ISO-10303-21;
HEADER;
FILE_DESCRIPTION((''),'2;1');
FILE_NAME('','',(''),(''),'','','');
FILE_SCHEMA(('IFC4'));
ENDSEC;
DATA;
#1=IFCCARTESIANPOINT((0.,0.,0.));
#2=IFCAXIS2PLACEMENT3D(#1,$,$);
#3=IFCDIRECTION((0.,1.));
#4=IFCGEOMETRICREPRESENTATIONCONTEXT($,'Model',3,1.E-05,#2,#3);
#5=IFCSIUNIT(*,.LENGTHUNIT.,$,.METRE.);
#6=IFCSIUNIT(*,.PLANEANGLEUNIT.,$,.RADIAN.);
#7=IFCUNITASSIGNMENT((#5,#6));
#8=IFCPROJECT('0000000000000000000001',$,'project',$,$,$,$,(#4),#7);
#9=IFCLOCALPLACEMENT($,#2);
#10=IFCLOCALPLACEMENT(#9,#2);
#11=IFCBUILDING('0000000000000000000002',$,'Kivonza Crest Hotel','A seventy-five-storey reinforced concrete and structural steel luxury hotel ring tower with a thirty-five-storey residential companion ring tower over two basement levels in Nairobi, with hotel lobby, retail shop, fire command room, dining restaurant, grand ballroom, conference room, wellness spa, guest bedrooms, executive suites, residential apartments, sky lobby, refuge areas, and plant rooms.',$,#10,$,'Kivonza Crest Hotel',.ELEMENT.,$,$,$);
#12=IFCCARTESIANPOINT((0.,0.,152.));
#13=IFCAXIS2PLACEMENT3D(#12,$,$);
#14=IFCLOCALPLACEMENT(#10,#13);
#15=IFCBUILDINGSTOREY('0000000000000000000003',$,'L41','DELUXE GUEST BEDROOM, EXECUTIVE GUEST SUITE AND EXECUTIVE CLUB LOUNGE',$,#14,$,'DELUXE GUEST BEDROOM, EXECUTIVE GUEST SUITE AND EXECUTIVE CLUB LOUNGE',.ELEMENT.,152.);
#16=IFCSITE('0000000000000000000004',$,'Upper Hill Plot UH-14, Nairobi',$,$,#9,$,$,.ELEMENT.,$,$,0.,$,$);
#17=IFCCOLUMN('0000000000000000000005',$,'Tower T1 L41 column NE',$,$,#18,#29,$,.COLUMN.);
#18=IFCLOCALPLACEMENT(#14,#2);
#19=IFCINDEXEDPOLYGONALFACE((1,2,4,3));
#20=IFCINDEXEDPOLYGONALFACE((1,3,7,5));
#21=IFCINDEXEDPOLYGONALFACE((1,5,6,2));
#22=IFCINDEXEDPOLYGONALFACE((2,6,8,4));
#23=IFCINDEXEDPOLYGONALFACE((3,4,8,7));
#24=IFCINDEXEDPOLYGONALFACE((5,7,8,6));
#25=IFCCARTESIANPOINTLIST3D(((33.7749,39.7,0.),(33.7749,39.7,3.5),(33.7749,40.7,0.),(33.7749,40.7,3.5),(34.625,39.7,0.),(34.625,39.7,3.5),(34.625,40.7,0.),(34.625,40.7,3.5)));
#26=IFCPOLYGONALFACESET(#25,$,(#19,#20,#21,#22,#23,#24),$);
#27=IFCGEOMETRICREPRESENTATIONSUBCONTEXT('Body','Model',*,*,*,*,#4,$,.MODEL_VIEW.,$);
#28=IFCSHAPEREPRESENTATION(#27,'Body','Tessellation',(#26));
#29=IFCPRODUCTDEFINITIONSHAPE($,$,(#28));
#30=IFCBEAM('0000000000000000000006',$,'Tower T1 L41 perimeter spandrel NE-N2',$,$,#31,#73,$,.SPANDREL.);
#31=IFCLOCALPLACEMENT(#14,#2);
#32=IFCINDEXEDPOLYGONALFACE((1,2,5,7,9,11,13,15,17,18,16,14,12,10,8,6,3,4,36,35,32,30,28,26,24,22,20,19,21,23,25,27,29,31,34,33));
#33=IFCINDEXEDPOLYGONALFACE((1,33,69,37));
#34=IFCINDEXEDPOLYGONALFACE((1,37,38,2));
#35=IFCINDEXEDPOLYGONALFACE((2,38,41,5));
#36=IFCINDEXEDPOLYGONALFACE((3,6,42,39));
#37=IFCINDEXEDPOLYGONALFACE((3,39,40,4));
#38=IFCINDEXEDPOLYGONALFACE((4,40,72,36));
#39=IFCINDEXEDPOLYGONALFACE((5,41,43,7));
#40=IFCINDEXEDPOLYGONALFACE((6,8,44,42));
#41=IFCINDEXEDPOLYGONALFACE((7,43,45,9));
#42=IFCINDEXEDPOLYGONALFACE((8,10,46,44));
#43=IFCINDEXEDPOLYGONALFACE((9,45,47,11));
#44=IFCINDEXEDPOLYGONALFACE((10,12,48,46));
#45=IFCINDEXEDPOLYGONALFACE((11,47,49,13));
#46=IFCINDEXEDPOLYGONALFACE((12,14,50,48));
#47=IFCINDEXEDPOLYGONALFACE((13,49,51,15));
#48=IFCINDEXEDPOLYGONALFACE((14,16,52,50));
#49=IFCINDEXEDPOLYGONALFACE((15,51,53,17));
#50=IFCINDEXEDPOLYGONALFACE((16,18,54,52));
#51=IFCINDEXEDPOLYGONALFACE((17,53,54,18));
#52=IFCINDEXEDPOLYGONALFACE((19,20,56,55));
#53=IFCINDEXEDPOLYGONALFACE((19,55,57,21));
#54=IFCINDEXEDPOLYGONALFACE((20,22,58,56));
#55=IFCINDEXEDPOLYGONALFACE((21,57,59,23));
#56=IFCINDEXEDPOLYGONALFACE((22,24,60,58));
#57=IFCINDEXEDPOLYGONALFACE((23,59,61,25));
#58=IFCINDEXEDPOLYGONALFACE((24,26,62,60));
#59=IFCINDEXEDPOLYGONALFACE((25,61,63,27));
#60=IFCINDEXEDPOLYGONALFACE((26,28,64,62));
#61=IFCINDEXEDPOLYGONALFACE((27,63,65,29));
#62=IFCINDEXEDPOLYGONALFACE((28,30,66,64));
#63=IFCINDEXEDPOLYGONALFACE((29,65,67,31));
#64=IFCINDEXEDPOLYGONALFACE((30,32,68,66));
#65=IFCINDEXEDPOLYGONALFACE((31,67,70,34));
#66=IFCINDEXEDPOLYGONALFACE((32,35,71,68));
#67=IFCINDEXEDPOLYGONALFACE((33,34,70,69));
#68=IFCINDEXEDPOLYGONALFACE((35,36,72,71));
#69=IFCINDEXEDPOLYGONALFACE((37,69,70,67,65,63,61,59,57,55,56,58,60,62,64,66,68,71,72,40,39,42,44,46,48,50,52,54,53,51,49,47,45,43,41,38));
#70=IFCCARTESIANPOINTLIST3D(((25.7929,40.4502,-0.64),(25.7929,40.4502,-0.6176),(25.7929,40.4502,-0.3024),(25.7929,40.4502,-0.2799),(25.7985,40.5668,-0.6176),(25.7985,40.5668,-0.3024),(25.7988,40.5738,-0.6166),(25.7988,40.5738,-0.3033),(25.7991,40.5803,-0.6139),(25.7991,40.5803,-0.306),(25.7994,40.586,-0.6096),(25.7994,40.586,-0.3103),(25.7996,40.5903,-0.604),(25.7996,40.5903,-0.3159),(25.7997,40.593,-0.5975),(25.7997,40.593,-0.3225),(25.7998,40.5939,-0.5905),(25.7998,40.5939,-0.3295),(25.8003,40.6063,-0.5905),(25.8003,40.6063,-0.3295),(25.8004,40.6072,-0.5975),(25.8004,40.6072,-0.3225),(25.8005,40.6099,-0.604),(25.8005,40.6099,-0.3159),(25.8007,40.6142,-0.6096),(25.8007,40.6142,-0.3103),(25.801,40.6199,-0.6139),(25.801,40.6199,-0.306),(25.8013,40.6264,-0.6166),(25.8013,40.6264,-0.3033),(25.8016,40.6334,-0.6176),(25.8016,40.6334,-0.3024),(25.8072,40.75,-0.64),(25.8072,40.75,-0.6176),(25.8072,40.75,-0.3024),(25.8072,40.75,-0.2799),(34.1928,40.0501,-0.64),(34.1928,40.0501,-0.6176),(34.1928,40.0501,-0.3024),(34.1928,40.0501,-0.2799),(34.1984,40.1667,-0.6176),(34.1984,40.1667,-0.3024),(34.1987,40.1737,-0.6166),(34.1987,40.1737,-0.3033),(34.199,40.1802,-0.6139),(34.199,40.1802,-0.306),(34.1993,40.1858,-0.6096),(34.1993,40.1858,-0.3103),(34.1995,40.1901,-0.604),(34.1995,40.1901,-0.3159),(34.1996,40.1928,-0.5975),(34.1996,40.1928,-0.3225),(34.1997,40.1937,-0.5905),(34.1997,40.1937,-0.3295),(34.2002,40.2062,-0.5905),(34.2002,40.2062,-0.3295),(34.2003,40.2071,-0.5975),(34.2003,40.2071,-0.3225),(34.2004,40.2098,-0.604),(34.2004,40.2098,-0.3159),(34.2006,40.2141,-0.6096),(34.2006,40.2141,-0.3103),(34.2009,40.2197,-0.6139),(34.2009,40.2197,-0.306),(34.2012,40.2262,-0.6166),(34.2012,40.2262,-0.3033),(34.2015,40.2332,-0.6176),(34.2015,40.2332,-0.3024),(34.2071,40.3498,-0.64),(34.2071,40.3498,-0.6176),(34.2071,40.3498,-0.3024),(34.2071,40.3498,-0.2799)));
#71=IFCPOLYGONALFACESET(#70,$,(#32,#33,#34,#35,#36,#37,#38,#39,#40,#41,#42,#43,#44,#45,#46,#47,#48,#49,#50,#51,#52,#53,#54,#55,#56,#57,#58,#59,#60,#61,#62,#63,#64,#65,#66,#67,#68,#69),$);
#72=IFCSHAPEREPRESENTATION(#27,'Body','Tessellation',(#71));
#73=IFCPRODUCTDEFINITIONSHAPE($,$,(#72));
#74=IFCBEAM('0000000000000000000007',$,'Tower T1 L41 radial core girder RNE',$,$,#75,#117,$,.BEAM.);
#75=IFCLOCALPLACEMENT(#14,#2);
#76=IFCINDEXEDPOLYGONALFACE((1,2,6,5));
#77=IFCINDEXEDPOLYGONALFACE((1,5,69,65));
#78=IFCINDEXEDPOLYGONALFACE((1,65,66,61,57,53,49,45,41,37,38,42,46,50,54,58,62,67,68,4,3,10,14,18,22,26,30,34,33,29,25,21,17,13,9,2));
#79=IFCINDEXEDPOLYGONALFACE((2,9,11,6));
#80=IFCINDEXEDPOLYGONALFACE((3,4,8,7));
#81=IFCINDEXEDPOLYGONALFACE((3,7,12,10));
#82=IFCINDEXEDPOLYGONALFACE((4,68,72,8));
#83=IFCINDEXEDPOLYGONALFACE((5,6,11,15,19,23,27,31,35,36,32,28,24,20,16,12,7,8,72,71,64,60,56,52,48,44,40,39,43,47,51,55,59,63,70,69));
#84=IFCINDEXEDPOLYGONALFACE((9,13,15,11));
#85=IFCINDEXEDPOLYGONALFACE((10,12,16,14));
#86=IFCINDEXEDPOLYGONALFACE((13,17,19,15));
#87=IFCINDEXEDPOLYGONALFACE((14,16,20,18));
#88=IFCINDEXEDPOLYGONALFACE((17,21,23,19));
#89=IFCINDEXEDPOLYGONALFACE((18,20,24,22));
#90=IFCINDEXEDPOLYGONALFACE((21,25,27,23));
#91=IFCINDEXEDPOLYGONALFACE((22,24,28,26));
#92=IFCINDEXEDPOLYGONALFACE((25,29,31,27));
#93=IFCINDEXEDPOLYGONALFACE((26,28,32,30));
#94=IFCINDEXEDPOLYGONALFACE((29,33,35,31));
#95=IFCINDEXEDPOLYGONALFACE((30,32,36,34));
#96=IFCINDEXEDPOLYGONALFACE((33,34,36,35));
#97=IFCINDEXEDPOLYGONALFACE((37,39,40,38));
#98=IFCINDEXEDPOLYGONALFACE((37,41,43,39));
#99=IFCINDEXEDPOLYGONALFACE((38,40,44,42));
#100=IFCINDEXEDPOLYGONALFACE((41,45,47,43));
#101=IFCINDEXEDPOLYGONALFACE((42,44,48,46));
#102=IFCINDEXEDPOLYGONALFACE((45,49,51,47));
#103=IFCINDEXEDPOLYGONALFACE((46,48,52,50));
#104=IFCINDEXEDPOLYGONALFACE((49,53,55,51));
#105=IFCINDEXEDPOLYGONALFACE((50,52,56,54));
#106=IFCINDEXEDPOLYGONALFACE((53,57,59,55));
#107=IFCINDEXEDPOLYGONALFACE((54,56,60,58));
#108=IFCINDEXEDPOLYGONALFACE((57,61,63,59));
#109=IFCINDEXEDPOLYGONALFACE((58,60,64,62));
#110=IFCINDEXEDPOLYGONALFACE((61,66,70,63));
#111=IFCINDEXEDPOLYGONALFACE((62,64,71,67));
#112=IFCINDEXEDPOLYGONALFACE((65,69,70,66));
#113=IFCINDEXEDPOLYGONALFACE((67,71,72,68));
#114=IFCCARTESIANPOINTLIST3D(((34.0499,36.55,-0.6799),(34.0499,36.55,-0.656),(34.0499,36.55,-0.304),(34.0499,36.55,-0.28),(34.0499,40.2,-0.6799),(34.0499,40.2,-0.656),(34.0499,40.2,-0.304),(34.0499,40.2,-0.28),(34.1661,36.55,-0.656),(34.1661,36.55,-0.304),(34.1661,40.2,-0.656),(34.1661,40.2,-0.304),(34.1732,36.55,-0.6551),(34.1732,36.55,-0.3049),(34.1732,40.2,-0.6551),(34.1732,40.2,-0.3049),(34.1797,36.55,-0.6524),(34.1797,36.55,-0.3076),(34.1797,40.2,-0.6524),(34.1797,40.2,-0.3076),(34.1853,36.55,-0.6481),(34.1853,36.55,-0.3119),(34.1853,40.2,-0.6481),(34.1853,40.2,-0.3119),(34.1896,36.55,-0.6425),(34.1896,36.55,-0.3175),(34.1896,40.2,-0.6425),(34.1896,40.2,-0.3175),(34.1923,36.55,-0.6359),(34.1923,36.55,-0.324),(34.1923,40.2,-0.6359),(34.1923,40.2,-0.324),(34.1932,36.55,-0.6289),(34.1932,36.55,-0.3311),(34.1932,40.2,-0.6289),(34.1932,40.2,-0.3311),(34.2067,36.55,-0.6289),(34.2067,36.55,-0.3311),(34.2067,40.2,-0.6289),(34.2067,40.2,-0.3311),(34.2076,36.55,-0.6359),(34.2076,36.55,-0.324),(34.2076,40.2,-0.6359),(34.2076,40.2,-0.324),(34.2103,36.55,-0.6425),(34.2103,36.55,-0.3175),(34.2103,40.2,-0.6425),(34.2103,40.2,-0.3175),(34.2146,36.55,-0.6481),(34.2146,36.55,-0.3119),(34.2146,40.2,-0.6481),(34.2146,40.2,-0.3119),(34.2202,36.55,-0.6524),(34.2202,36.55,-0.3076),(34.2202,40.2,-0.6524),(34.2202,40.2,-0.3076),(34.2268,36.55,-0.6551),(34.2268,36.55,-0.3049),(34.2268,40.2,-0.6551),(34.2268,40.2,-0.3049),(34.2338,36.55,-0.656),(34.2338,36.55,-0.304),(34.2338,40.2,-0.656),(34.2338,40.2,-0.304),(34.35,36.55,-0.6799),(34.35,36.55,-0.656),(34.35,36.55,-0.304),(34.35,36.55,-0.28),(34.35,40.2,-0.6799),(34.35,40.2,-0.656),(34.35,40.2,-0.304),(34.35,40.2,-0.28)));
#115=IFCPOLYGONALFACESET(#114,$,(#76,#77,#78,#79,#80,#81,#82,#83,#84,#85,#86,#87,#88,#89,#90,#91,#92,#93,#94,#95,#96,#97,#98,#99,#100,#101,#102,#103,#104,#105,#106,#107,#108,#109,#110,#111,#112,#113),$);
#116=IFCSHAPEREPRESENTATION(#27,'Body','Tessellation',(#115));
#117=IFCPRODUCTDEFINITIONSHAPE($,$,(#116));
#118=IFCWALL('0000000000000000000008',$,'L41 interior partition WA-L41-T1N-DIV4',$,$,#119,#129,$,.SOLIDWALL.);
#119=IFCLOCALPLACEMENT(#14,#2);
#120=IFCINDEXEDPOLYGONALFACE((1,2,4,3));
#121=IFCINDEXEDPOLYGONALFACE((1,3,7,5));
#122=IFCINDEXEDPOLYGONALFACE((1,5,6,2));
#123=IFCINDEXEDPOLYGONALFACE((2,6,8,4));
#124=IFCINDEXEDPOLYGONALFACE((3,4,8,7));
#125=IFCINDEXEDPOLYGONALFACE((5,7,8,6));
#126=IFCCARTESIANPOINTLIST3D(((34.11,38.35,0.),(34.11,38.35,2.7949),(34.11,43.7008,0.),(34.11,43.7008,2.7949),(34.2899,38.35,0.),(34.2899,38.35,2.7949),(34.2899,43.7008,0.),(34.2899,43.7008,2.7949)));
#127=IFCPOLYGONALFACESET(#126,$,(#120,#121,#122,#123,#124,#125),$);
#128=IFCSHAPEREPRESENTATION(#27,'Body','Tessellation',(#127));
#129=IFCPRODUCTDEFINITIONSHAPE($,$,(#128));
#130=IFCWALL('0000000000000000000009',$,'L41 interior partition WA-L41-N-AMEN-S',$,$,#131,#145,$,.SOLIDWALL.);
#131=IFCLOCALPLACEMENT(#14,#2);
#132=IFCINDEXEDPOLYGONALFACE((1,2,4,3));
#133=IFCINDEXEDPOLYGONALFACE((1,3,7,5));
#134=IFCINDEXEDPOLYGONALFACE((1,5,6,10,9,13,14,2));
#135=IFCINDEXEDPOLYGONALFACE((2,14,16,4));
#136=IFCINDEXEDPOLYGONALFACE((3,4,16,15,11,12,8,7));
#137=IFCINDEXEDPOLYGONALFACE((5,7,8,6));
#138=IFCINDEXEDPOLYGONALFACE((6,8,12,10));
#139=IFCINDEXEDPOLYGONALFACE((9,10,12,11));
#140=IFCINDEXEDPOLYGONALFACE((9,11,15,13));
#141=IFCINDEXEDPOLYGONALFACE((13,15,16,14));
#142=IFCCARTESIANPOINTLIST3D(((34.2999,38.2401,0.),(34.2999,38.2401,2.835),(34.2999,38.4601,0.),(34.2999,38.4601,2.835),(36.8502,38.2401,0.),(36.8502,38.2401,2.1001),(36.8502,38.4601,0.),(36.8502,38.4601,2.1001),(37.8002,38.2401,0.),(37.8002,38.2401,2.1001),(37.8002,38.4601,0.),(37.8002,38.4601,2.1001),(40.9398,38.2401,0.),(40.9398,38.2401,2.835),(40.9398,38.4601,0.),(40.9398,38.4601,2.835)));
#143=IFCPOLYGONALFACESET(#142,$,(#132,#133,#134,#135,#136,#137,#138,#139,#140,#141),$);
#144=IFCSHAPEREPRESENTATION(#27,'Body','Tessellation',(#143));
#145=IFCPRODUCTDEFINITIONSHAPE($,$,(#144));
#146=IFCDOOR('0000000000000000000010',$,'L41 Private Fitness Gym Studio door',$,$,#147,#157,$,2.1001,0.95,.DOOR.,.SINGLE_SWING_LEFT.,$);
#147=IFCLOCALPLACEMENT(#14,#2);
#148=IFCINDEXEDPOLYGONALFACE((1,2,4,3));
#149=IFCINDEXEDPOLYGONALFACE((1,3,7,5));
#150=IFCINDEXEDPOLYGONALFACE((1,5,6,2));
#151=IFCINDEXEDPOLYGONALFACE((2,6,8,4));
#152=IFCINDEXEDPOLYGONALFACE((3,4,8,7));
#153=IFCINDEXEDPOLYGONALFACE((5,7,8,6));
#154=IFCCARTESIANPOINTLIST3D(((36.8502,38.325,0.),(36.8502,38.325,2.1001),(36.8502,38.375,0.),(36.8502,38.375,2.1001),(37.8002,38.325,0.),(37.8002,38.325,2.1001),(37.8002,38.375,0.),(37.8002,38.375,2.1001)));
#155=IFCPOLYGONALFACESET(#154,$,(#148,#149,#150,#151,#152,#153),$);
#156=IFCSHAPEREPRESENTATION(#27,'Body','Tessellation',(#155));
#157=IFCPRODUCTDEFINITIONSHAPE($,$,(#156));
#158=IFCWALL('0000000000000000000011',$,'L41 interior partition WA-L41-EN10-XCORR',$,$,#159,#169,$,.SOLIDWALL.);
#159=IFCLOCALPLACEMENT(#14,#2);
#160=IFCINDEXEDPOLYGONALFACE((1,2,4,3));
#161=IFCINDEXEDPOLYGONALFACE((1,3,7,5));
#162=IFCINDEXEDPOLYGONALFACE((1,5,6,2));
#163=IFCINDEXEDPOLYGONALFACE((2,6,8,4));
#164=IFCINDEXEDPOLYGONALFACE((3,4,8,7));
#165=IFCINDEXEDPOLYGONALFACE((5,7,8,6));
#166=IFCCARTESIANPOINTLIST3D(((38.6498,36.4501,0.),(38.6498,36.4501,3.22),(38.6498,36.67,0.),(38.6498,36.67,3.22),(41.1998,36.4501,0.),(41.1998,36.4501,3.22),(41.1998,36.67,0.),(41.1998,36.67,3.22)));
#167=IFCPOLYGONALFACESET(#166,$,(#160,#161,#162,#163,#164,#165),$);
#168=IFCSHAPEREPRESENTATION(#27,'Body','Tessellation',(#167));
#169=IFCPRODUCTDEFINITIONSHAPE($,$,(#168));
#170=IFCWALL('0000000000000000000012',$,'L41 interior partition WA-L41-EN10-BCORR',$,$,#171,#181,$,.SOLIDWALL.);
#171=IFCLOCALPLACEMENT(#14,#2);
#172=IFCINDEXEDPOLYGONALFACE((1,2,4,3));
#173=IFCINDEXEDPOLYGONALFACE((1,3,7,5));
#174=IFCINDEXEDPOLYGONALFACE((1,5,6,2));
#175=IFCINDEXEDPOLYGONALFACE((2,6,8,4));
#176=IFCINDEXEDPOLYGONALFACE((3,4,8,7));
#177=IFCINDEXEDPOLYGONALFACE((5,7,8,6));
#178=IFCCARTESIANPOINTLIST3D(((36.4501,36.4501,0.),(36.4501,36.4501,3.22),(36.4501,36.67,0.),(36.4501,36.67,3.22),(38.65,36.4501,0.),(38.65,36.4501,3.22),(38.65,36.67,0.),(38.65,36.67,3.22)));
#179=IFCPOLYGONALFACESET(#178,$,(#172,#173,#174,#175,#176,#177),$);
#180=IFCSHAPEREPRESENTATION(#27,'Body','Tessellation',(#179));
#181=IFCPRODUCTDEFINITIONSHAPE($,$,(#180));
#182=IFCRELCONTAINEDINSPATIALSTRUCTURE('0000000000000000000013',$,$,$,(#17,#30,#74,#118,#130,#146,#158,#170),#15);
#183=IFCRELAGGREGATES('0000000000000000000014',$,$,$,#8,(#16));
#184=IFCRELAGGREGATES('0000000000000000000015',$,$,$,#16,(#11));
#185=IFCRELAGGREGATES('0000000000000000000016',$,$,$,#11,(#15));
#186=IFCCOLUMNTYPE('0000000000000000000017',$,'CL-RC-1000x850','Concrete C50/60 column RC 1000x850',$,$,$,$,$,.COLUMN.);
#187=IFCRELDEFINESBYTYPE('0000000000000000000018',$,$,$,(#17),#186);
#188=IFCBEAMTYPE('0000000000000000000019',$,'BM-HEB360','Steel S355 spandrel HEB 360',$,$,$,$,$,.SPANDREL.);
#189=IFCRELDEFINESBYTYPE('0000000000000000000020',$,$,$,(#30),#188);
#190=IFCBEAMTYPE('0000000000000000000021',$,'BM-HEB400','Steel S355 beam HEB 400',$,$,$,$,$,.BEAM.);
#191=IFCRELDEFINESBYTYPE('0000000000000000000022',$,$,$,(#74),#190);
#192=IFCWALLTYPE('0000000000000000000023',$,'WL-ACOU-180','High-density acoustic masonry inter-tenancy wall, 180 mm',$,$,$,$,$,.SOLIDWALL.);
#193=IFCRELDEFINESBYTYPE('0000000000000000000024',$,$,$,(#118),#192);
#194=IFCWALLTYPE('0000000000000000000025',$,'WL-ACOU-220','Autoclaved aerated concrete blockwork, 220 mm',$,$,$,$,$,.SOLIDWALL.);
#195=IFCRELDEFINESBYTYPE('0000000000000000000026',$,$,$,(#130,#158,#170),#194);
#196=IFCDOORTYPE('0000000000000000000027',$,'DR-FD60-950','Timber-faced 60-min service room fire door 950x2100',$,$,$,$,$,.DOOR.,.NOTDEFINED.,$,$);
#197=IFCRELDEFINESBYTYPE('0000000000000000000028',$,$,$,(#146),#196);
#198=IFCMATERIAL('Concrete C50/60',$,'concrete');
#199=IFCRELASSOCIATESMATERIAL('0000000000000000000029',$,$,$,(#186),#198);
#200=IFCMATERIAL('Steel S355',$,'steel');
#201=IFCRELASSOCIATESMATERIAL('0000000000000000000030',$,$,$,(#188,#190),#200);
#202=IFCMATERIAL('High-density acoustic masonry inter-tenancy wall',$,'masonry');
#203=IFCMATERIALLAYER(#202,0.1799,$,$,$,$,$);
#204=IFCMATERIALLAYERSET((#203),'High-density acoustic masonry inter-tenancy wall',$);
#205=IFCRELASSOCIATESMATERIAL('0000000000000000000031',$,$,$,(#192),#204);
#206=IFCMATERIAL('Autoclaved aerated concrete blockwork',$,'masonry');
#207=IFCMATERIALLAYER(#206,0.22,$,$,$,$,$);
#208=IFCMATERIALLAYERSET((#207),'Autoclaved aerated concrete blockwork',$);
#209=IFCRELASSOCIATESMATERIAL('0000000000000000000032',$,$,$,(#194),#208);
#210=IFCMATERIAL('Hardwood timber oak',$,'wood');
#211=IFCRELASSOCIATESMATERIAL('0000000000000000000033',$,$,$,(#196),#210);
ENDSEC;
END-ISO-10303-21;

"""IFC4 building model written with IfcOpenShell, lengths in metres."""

from ifc_helpers import new_model, si_unit, direction, frame, frame_2d, origin, origin_2d, place, context, subcontext, project, spatial, rectangle, i_section, extrude, material, layer, layer_set, material_profile, profile_set, type_object, element, fill, save


model = new_model("IFC4")

# Units and contexts
model_context = context("Model", 3, precision=1e-05, world=origin(), true_north=direction((0.0, 1.0)))
body_context = subcontext(model_context, "Body", "Model", "MODEL_VIEW")
ifc_project = project(units=[si_unit("LENGTHUNIT", "METRE"), si_unit("PLANEANGLEUNIT", "RADIAN")], contexts=[model_context])

# Site, building, storey
site_placement = place(None, origin())
site = spatial("IfcSite", under=ifc_project, at=site_placement, Name="Upper Hill Plot UH-14, Nairobi", CompositionType="ELEMENT", RefElevation=0.0)
building_placement = place(site_placement, origin())
building = spatial("IfcBuilding", under=site, at=building_placement, Name="Kivonza Crest Hotel", Description="A seventy-five-storey reinforced concrete and structural steel luxury hotel ring tower with a thirty-five-storey residential companion ring tower over two basement levels in Nairobi, with hotel lobby, retail shop, fire command room, dining restaurant, grand ballroom, conference room, wellness spa, guest bedrooms, executive suites, residential apartments, sky lobby, refuge areas, and plant rooms.", LongName="Kivonza Crest Hotel", CompositionType="ELEMENT")
storey_placement = place(building_placement, frame((0.0, 0.0, 152.0)))
storey = spatial("IfcBuildingStorey", under=building, at=storey_placement, Name="L41", Description="DELUXE GUEST BEDROOM, EXECUTIVE GUEST SUITE AND EXECUTIVE CLUB LOUNGE", LongName="DELUXE GUEST BEDROOM, EXECUTIVE GUEST SUITE AND EXECUTIVE CLUB LOUNGE", CompositionType="ELEMENT", Elevation=152.0)

# Column
ifc_material_1 = material(Name="Concrete C50/60", Category="concrete")
ifc_material_profile_1 = material_profile(ifc_material_1, rectangle(XDim=0.8501, YDim=1.0, at=origin_2d()), Name="RC 1000x850")
ifc_profile_set_1 = profile_set([ifc_material_profile_1], Name="Concrete C50/60")
column_type = type_object("IfcColumnType", Name="CL-RC-1000x850", Description="Concrete C50/60 column RC 1000x850", PredefinedType="COLUMN", material=ifc_profile_set_1)
column_placement = place(storey_placement, frame((34.2, 40.2, 0.0), z_axis=(0.0, 0.0, 1.0), x_axis=(1.0, 0.0, 0.0)))
element("IfcColumn", 1, at=column_placement, inside=storey, type_object=column_type, Name="Tower T1 L41 column NE", PredefinedType="COLUMN", context=body_context, shape_type="SweptSolid", body=[
    extrude(rectangle(XDim=0.8501, YDim=1.0, at=origin_2d()), origin(), (0.0, 0.0, 1.0), 3.5),
])

# Beams
ifc_material_2 = material(Name="Steel S355", Category="steel")
ifc_material_profile_2 = material_profile(ifc_material_2, i_section(OverallWidth=0.3, OverallDepth=0.3601, WebThickness=0.0125, FlangeThickness=0.0225, FilletRadius=0.0271, at=origin_2d()), Name="HEB 360")
ifc_profile_set_2 = profile_set([ifc_material_profile_2], Name="Steel S355")
beam_type_1 = type_object("IfcBeamType", Name="BM-HEB360", Description="Steel S355 spandrel HEB 360", PredefinedType="SPANDREL", material=ifc_profile_set_2)
beam_1_placement = place(storey_placement, frame((34.2, 40.2, -0.46), z_axis=(-0.998867, 0.047583, 0.0), x_axis=(-0.047583, -0.998867, 0.0)))
element("IfcBeam", 2, at=beam_1_placement, inside=storey, type_object=beam_type_1, Name="Tower T1 L41 perimeter spandrel NE-N2", PredefinedType="SPANDREL", context=body_context, shape_type="SweptSolid", body=[
    extrude(i_section(OverallWidth=0.3, OverallDepth=0.3601, WebThickness=0.0125, FlangeThickness=0.0225, FilletRadius=0.0271, at=origin_2d()), origin(), (0.0, 0.0, 1.0), 8.4094),
])
ifc_material_profile_3 = material_profile(ifc_material_2, i_section(OverallWidth=0.3, OverallDepth=0.3999, WebThickness=0.0134, FlangeThickness=0.0239, FilletRadius=0.0271, at=origin_2d()), Name="HEB 400")
ifc_profile_set_3 = profile_set([ifc_material_profile_3], Name="Steel S355")
beam_type_2 = type_object("IfcBeamType", Name="BM-HEB400", Description="Steel S355 beam HEB 400", PredefinedType="BEAM", material=ifc_profile_set_3)
beam_2_placement = place(storey_placement, frame((34.2, 40.2, -0.48), z_axis=(0.0, -1.0, 0.0), x_axis=(1.0, 0.0, 0.0)))
element("IfcBeam", 3, at=beam_2_placement, inside=storey, type_object=beam_type_2, Name="Tower T1 L41 radial core girder RNE", PredefinedType="BEAM", context=body_context, shape_type="SweptSolid", body=[
    extrude(i_section(OverallWidth=0.3, OverallDepth=0.3999, WebThickness=0.0134, FlangeThickness=0.0239, FilletRadius=0.0271, at=origin_2d()), origin(), (0.0, 0.0, 1.0), 3.6499),
])

# Wall
ifc_material_3 = material(Name="High-density acoustic masonry inter-tenancy wall", Category="masonry")
ifc_layer_1 = layer(ifc_material_3, 0.1799)
ifc_layer_set_1 = layer_set([ifc_layer_1], Name="High-density acoustic masonry inter-tenancy wall")
wall_type_1 = type_object("IfcWallType", Name="WL-ACOU-180", Description="High-density acoustic masonry inter-tenancy wall, 180 mm", PredefinedType="SOLIDWALL", material=ifc_layer_set_1)
wall_1_placement = place(storey_placement, frame((34.2, 38.3501, 0.0), z_axis=(0.0, 0.0, 1.0), x_axis=(0.0, 1.0, 0.0)))
element("IfcWall", 4, at=wall_1_placement, inside=storey, type_object=wall_type_1, Name="L41 interior partition WA-L41-T1N-DIV4", PredefinedType="SOLIDWALL", context=body_context, shape_type="SweptSolid", body=[
    extrude(rectangle(XDim=5.3508, YDim=0.1799, at=frame_2d((2.6753, 0.0))), origin(), (0.0, 0.0, 1.0), 2.7949),
])

# Wall, opening, door
ifc_material_4 = material(Name="Autoclaved aerated concrete blockwork", Category="masonry")
ifc_layer_2 = layer(ifc_material_4, 0.22)
ifc_layer_set_2 = layer_set([ifc_layer_2], Name="Autoclaved aerated concrete blockwork")
wall_type_2 = type_object("IfcWallType", Name="WL-ACOU-220", Description="Autoclaved aerated concrete blockwork, 220 mm", PredefinedType="SOLIDWALL", material=ifc_layer_set_2)
wall_2_placement = place(storey_placement, frame((34.3, 38.3501, 0.0), z_axis=(0.0, 0.0, 1.0), x_axis=(1.0, 0.0, 0.0)))
wall_2 = element("IfcWall", 5, at=wall_2_placement, inside=storey, type_object=wall_type_2, Name="L41 interior partition WA-L41-N-AMEN-S", PredefinedType="SOLIDWALL", context=body_context, shape_type="SweptSolid", body=[
    extrude(rectangle(XDim=6.6399, YDim=0.22, at=frame_2d((3.3198, 0.0))), origin(), (0.0, 0.0, 1.0), 2.835),
])
opening_1_placement = place(wall_2_placement, frame((2.55, 0.0, 0.0)))
opening_1 = element("IfcOpeningElement", 6, at=opening_1_placement, cuts=wall_2, PredefinedType="OPENING", context=body_context, shape_type="SweptSolid", body=[
    extrude(rectangle(XDim=0.95, YDim=2.1001, at=frame_2d((0.4751, 1.05))), frame((0.0, 0.1201, 0.0), z_axis=(0.0, -1.0, 0.0), x_axis=(1.0, 0.0, 0.0)), (0.0, 0.0, 1.0), 0.24),
])
ifc_material_5 = material(Name="Hardwood timber oak", Category="wood")
door_type_1 = type_object("IfcDoorType", Name="DR-FD60-950", Description="Timber-faced 60-min service room fire door 950x2100", OperationType="NOTDEFINED", PredefinedType="DOOR", material=ifc_material_5)
door_1_placement = place(opening_1_placement, origin())
door_1 = element("IfcDoor", 7, at=door_1_placement, inside=storey, type_object=door_type_1, Name="L41 Private Fitness Gym Studio door", OperationType="SINGLE_SWING_LEFT", OverallHeight=2.1001, OverallWidth=0.95, PredefinedType="DOOR", context=body_context, shape_type="SweptSolid", body=[
    extrude(rectangle(XDim=0.95, YDim=2.1001, at=frame_2d((0.4751, 1.05))), frame((0.0, 0.0249, 0.0), z_axis=(0.0, -1.0, 0.0), x_axis=(1.0, 0.0, 0.0)), (0.0, 0.0, 1.0), 0.05),
])
fill(opening_1, door_1)

# Walls
wall_3_placement = place(storey_placement, frame((38.6499, 36.5601, 0.0), z_axis=(0.0, 0.0, 1.0), x_axis=(1.0, 0.0, 0.0)))
element("IfcWall", 8, at=wall_3_placement, inside=storey, type_object=wall_type_2, Name="L41 interior partition WA-L41-EN10-XCORR", PredefinedType="SOLIDWALL", context=body_context, shape_type="SweptSolid", body=[
    extrude(rectangle(XDim=2.55, YDim=0.22, at=frame_2d((1.2749, 0.0))), origin(), (0.0, 0.0, 1.0), 3.22),
])
wall_4_placement = place(storey_placement, frame((36.45, 36.5601, 0.0), z_axis=(0.0, 0.0, 1.0), x_axis=(1.0, 0.0, 0.0)))
element("IfcWall", 9, at=wall_4_placement, inside=storey, type_object=wall_type_2, Name="L41 interior partition WA-L41-EN10-BCORR", PredefinedType="SOLIDWALL", context=body_context, shape_type="SweptSolid", body=[
    extrude(rectangle(XDim=2.2, YDim=0.22, at=frame_2d((1.1001, 0.0))), origin(), (0.0, 0.0, 1.0), 3.22),
])

save(model, "model.ifc")
